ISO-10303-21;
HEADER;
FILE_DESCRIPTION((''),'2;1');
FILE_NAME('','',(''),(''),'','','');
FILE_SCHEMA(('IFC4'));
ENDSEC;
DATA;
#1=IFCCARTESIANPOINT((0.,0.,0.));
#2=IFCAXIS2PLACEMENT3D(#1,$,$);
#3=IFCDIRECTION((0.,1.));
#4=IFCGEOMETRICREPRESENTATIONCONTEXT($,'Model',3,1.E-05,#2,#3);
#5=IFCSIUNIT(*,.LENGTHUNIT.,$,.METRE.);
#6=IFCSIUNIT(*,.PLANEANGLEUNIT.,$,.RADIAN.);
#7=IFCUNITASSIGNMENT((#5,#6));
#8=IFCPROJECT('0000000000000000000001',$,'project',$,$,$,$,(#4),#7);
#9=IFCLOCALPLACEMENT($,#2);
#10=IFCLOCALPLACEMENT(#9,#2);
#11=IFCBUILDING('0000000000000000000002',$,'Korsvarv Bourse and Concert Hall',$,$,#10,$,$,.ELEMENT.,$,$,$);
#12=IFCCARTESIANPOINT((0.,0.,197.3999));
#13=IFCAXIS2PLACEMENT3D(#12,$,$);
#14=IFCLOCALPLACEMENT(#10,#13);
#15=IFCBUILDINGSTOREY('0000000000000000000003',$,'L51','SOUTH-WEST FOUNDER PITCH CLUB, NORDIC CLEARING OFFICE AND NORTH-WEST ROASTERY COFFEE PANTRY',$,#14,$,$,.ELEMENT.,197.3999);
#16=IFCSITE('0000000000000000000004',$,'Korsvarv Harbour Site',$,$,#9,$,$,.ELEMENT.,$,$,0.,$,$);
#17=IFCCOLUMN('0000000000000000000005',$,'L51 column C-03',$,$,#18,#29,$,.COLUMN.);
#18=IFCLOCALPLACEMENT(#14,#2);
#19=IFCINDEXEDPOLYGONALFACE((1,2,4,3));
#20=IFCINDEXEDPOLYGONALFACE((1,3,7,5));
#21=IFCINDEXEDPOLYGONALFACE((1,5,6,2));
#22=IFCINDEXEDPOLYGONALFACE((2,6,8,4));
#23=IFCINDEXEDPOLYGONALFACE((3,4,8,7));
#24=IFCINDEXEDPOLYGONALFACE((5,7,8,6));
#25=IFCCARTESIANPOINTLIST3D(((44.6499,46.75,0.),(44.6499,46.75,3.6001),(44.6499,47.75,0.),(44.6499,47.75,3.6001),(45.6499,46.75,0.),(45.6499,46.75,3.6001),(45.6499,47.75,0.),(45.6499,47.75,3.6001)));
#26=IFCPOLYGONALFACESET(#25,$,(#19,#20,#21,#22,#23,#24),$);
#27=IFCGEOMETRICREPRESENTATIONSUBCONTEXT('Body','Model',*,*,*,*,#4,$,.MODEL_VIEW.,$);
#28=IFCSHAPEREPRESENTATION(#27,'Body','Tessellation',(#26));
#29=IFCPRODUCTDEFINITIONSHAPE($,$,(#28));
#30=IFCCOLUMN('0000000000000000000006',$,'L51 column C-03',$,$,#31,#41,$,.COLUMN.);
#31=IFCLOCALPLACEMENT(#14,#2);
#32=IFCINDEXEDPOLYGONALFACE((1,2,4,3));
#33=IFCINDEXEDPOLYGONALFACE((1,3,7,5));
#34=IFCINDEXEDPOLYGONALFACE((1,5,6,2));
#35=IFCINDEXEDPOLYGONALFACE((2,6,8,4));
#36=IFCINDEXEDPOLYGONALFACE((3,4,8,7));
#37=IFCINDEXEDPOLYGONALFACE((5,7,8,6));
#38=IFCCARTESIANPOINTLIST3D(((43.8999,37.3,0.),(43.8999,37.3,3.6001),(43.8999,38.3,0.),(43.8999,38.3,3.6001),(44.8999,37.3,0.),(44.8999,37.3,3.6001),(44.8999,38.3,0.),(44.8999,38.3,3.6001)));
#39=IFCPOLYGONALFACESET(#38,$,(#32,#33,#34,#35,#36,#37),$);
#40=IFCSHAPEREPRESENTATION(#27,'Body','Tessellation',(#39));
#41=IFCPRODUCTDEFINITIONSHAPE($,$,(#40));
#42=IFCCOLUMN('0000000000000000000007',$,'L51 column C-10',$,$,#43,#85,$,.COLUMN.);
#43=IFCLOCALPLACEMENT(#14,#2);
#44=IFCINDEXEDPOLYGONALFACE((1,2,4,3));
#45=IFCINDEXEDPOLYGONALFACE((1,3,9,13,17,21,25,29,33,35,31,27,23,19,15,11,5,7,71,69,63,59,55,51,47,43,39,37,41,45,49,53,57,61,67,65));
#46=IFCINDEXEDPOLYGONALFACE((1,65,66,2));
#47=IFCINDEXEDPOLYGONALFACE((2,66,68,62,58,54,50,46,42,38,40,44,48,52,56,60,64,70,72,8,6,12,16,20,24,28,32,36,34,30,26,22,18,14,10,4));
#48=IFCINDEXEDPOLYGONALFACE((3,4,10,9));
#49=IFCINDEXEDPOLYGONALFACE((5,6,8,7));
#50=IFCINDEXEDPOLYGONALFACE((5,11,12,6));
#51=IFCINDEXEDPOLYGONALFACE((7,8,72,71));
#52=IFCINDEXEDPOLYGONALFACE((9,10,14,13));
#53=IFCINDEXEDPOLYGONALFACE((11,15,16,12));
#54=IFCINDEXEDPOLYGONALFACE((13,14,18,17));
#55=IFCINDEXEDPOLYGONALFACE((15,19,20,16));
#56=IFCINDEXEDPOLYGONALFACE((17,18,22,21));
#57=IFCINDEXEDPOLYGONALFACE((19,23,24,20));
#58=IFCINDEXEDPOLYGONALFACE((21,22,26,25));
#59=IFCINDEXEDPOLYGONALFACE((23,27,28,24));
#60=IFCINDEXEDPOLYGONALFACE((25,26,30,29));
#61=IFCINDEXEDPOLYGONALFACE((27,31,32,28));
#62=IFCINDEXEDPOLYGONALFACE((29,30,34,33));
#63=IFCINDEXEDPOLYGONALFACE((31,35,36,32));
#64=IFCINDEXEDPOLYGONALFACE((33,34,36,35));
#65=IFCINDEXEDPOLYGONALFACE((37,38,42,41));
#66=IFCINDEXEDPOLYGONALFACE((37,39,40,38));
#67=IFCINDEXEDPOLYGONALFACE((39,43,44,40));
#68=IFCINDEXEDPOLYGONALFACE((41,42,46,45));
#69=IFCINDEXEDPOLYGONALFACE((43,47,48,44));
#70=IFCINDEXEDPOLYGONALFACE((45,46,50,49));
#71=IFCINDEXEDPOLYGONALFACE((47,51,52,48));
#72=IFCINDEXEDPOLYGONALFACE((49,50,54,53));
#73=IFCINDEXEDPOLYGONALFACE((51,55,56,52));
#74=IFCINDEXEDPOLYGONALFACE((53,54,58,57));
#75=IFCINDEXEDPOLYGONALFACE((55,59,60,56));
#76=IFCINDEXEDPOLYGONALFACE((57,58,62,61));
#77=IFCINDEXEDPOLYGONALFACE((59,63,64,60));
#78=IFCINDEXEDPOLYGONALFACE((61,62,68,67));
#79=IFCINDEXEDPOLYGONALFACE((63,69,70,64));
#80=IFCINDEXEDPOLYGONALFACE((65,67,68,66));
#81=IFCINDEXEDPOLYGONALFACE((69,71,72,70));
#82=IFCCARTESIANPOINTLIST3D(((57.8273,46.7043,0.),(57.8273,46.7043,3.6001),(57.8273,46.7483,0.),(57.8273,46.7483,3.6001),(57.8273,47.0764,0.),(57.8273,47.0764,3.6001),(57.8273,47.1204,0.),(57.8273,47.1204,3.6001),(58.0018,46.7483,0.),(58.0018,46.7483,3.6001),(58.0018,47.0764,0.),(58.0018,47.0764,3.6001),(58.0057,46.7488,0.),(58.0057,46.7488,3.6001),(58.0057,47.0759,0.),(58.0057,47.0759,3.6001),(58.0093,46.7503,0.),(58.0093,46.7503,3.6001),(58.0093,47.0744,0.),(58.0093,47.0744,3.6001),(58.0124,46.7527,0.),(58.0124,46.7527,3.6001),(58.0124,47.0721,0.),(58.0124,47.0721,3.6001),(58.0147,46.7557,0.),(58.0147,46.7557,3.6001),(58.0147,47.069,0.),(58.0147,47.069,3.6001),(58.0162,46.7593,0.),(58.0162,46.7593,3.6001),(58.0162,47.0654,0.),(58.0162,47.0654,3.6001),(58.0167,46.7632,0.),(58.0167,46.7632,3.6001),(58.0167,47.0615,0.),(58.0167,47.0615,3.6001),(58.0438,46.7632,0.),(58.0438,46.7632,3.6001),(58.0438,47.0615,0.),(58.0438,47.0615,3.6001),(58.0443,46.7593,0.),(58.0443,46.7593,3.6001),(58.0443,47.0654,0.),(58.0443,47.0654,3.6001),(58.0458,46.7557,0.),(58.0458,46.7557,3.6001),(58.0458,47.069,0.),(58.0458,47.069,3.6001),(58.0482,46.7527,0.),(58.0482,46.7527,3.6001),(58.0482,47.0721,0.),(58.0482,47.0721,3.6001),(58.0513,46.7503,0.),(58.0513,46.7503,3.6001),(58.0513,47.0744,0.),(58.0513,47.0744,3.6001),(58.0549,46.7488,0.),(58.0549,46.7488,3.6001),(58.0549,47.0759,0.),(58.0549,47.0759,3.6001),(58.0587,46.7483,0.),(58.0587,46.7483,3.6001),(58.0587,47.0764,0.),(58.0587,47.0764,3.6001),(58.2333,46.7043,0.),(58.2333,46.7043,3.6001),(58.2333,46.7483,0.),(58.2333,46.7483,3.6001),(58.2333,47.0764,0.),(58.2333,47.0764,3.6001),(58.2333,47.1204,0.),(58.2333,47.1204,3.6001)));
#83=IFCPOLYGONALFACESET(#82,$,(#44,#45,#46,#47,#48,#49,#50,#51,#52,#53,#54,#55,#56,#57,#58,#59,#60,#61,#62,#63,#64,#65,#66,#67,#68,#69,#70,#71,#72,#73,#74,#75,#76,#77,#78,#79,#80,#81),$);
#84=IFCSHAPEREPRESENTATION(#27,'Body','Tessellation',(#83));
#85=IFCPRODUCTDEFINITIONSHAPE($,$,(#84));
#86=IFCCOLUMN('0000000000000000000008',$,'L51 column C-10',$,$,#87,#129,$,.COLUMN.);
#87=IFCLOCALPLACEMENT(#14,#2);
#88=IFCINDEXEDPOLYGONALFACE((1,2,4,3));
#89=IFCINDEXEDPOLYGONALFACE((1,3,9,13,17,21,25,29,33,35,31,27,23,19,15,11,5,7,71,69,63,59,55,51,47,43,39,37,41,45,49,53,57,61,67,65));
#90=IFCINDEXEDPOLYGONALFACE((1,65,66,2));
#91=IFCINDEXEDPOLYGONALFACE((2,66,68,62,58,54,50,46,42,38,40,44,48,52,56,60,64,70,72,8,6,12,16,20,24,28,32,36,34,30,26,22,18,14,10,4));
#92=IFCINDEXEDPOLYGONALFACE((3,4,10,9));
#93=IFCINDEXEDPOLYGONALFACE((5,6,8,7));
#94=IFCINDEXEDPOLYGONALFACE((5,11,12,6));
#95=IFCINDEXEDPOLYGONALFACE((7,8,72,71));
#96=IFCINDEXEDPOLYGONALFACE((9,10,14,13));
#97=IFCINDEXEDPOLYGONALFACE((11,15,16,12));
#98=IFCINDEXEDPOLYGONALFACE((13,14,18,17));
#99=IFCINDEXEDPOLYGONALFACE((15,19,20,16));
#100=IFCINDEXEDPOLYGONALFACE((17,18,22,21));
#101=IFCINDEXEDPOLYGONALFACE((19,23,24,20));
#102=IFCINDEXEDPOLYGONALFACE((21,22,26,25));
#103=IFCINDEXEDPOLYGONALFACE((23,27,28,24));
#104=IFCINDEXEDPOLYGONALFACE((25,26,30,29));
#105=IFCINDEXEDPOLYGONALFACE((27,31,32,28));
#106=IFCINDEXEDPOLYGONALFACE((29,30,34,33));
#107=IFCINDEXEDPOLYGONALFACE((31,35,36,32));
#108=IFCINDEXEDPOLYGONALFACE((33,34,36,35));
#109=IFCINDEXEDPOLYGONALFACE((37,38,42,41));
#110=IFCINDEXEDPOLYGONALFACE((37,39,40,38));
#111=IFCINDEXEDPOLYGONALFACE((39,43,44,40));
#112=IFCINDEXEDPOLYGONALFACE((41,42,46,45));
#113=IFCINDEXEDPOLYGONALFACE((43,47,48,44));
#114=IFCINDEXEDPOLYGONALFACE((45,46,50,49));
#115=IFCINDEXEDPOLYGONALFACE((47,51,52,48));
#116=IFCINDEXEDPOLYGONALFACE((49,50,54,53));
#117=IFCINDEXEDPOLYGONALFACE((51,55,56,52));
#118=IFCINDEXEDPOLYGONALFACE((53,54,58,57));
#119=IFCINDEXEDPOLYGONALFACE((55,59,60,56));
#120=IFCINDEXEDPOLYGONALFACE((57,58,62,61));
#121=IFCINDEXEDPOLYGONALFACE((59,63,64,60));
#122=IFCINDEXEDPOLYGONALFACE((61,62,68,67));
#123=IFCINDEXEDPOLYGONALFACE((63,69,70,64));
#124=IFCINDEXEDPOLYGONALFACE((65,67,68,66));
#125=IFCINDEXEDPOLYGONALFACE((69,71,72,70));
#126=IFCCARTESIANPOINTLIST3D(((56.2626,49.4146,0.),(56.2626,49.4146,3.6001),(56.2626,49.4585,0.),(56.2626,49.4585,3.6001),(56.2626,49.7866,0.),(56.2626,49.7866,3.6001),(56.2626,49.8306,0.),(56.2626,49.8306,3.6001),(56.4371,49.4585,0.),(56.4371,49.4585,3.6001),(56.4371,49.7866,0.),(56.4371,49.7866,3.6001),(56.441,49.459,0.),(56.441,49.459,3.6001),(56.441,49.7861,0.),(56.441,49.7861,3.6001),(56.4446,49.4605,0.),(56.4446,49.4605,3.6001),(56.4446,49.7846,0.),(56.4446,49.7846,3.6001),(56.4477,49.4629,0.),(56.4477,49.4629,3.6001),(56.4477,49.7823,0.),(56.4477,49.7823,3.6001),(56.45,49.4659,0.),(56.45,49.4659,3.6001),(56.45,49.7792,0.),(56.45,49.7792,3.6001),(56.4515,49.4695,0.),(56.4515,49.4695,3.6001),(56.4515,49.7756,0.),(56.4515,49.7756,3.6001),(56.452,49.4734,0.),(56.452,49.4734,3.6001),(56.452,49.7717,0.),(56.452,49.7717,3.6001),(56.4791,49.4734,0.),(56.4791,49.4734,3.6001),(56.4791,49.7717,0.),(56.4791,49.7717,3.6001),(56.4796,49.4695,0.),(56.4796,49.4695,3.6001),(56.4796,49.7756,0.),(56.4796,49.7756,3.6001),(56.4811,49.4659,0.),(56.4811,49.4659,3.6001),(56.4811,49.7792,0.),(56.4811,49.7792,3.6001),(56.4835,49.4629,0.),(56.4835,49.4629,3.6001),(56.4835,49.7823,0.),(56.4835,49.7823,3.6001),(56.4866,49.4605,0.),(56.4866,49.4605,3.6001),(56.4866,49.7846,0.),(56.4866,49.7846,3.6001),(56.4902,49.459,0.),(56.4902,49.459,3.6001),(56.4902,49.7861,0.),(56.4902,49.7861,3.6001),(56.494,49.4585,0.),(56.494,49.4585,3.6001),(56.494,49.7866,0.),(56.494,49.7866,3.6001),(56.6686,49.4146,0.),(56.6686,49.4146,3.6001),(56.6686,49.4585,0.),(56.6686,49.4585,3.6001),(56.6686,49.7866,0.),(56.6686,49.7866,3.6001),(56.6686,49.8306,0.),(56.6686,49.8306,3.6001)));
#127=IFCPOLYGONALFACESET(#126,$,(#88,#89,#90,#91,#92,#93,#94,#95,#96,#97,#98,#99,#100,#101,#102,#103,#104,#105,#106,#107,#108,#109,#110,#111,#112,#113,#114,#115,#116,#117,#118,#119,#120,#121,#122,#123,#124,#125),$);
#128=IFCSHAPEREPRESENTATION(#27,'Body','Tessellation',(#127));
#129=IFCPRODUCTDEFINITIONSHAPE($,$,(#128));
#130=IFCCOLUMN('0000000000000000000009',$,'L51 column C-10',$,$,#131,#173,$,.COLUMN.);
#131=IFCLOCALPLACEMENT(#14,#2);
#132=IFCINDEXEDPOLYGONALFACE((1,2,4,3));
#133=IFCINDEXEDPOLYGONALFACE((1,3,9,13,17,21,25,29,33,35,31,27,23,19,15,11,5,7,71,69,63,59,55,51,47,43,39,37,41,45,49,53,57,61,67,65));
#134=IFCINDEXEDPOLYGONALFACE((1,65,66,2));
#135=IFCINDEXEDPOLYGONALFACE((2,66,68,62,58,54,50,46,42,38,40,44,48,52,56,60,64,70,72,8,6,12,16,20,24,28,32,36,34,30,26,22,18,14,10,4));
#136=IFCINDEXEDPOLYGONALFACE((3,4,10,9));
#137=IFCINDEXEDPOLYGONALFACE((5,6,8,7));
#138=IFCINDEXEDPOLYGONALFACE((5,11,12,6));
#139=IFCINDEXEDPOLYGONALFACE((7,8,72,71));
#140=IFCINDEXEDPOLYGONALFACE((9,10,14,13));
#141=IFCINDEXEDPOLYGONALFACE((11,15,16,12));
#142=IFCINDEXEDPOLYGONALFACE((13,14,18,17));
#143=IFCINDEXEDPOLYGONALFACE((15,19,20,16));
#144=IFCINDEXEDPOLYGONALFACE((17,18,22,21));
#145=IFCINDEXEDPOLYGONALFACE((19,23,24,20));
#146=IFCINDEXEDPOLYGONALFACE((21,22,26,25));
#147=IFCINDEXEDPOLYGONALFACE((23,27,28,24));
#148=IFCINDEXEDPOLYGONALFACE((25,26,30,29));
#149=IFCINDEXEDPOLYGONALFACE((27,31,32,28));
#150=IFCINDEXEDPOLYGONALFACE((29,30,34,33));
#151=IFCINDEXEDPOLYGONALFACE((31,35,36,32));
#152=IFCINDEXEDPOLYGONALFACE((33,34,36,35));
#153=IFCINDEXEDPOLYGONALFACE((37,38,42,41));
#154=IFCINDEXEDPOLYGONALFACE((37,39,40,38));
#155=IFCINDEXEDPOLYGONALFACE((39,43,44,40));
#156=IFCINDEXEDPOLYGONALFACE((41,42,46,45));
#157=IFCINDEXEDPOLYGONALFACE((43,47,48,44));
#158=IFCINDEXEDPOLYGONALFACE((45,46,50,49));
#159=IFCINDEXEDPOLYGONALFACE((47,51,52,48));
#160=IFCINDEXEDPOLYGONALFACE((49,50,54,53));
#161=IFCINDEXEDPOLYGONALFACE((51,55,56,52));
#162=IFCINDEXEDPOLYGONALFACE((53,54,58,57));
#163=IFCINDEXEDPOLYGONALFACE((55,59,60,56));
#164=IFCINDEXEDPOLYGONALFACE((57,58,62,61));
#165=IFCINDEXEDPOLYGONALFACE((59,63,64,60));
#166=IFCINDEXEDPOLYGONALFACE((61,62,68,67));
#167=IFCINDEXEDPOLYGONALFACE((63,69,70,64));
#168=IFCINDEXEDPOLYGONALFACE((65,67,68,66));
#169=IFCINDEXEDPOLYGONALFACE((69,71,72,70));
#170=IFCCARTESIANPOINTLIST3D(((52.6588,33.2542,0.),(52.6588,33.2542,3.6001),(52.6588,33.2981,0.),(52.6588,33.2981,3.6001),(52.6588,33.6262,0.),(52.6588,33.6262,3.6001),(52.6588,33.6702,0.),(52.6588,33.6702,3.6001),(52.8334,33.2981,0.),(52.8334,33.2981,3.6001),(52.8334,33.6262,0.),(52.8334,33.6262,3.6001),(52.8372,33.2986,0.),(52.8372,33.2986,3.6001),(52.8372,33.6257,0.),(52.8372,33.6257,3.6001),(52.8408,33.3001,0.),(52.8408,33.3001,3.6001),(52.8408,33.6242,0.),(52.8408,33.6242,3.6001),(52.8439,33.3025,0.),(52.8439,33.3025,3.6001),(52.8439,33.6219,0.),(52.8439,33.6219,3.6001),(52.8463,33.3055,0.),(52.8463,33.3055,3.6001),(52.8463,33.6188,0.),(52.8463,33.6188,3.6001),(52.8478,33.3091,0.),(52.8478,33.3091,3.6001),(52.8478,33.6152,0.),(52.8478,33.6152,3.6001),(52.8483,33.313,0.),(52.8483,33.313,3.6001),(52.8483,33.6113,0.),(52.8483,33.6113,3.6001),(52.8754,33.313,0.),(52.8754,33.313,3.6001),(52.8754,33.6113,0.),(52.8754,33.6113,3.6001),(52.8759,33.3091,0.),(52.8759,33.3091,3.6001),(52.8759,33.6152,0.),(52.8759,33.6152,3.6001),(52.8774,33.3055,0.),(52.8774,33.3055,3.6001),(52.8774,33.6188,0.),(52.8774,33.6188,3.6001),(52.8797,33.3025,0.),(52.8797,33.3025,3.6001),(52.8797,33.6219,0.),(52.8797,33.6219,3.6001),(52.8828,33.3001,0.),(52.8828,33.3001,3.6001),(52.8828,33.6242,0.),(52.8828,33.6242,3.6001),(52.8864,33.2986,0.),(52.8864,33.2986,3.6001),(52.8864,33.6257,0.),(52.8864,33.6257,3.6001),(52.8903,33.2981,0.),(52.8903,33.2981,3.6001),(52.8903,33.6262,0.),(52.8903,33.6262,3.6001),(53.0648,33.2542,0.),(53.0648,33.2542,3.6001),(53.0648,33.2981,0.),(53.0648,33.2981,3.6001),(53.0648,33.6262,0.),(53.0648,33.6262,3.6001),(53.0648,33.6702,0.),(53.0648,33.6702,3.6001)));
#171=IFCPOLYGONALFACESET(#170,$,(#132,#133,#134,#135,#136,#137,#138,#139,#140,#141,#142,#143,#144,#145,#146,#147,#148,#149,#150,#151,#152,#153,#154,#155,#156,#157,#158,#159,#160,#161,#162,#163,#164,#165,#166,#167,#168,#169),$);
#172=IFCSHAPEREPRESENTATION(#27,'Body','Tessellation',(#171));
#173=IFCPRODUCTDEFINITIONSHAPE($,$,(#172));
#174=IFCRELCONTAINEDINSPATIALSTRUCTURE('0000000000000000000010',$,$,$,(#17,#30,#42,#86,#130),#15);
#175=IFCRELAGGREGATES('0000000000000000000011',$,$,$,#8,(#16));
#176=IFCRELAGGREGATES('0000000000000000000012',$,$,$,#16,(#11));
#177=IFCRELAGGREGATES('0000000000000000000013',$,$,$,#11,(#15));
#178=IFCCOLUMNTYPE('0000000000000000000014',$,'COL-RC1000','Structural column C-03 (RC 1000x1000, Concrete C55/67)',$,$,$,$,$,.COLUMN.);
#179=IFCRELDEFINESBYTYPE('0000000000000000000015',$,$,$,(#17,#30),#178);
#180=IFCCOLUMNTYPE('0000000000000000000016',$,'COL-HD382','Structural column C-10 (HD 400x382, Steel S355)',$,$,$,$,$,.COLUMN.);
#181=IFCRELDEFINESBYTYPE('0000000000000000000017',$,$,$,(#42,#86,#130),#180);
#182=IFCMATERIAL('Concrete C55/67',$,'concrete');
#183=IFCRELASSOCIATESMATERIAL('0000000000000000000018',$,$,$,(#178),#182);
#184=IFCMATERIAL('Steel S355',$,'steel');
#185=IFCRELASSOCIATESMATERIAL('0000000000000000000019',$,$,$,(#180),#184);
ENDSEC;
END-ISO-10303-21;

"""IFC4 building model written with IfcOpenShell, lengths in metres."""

from ifc_helpers import new_model, si_unit, direction, frame, origin, origin_2d, place, context, subcontext, project, spatial, rectangle, i_section, extrude, source, transform, mapped, material, material_profile, profile_set, type_object, element, save


model = new_model("IFC4")

# Units and contexts
model_context = context("Model", 3, precision=1e-05, world=origin(), true_north=direction((0.0, 1.0)))
body_context = subcontext(model_context, "Body", "Model", "MODEL_VIEW")
ifc_project = project(units=[si_unit("LENGTHUNIT", "METRE"), si_unit("PLANEANGLEUNIT", "RADIAN")], contexts=[model_context])

# Site, building, storey
site_placement = place(None, origin())
site = spatial("IfcSite", under=ifc_project, at=site_placement, Name="Korsvarv Harbour Site", CompositionType="ELEMENT", RefElevation=0.0)
building_placement = place(site_placement, origin())
building = spatial("IfcBuilding", under=site, at=building_placement, Name="Korsvarv Bourse and Concert Hall", CompositionType="ELEMENT")
storey_placement = place(building_placement, frame((0.0, 0.0, 197.3999)))
storey = spatial("IfcBuildingStorey", under=building, at=storey_placement, Name="L51", Description="SOUTH-WEST FOUNDER PITCH CLUB, NORDIC CLEARING OFFICE AND NORTH-WEST ROASTERY COFFEE PANTRY", CompositionType="ELEMENT", Elevation=197.3999)

# Columns
ifc_material_1 = material(Name="Concrete C55/67", Category="concrete")
ifc_material_profile_1 = material_profile(ifc_material_1, rectangle(XDim=1.0, YDim=1.0, at=origin_2d()), Name="RC 1000x1000")
ifc_profile_set_1 = profile_set([ifc_material_profile_1], Name="Concrete C55/67")
column_type_1 = type_object("IfcColumnType", Name="COL-RC1000", Description="Structural column C-03 (RC 1000x1000, Concrete C55/67)", PredefinedType="COLUMN", material=ifc_profile_set_1)
shared_shape_1 = source(origin(), body_context, "Body", "SweptSolid", [
    extrude(rectangle(XDim=1.0, YDim=1.0, at=origin_2d()), origin(), (0.0, 0.0, 1.0), 3.6001),
])
for number, where, z_axis, x_axis, name in (
    (1, (45.1499, 47.25, 0.0), (0.0, 0.0, 1.0), (1.0, 0.0, 0.0), "L51 column C-03"),
    (2, (44.3999, 37.8, 0.0), (0.0, 0.0, 1.0), (1.0, 0.0, 0.0), "L51 column C-03"),
):
    element("IfcColumn", number, at=place(storey_placement, frame(where, z_axis=z_axis, x_axis=x_axis)), inside=storey, type_object=column_type_1, Name=name, PredefinedType="COLUMN", context=body_context, shape_type="MappedRepresentation", body=[
        mapped(shared_shape_1, transform((0.0, 0.0, 0.0), scale=1.0)),
    ])
ifc_material_2 = material(Name="Steel S355", Category="steel")
ifc_material_profile_2 = material_profile(ifc_material_2, i_section(OverallWidth=0.406, OverallDepth=0.416, WebThickness=0.0271, FlangeThickness=0.0439, FilletRadius=0.0149, at=origin_2d()), Name="HD 400x382")
ifc_profile_set_2 = profile_set([ifc_material_profile_2], Name="Steel S355")
column_type_2 = type_object("IfcColumnType", Name="COL-HD382", Description="Structural column C-10 (HD 400x382, Steel S355)", PredefinedType="COLUMN", material=ifc_profile_set_2)
shared_shape_2 = source(origin(), body_context, "Body", "SweptSolid", [
    extrude(i_section(OverallWidth=0.406, OverallDepth=0.416, WebThickness=0.0271, FlangeThickness=0.0439, FilletRadius=0.0149, at=origin_2d()), origin(), (0.0, 0.0, 1.0), 3.6001),
])
for number, where, z_axis, x_axis, name in (
    (3, (58.0303, 46.9124, 0.0), (0.0, 0.0, 1.0), (1.0, 0.0, 0.0), "L51 column C-10"),
    (4, (56.4656, 49.6226, 0.0), (0.0, 0.0, 1.0), (1.0, 0.0, 0.0), "L51 column C-10"),
    (5, (52.8618, 33.4622, 0.0), (0.0, 0.0, 1.0), (1.0, 0.0, 0.0), "L51 column C-10"),
):
    element("IfcColumn", number, at=place(storey_placement, frame(where, z_axis=z_axis, x_axis=x_axis)), inside=storey, type_object=column_type_2, Name=name, PredefinedType="COLUMN", context=body_context, shape_type="MappedRepresentation", body=[
        mapped(shared_shape_2, transform((0.0, 0.0, 0.0), scale=1.0)),
    ])

save(model, "model.ifc")
